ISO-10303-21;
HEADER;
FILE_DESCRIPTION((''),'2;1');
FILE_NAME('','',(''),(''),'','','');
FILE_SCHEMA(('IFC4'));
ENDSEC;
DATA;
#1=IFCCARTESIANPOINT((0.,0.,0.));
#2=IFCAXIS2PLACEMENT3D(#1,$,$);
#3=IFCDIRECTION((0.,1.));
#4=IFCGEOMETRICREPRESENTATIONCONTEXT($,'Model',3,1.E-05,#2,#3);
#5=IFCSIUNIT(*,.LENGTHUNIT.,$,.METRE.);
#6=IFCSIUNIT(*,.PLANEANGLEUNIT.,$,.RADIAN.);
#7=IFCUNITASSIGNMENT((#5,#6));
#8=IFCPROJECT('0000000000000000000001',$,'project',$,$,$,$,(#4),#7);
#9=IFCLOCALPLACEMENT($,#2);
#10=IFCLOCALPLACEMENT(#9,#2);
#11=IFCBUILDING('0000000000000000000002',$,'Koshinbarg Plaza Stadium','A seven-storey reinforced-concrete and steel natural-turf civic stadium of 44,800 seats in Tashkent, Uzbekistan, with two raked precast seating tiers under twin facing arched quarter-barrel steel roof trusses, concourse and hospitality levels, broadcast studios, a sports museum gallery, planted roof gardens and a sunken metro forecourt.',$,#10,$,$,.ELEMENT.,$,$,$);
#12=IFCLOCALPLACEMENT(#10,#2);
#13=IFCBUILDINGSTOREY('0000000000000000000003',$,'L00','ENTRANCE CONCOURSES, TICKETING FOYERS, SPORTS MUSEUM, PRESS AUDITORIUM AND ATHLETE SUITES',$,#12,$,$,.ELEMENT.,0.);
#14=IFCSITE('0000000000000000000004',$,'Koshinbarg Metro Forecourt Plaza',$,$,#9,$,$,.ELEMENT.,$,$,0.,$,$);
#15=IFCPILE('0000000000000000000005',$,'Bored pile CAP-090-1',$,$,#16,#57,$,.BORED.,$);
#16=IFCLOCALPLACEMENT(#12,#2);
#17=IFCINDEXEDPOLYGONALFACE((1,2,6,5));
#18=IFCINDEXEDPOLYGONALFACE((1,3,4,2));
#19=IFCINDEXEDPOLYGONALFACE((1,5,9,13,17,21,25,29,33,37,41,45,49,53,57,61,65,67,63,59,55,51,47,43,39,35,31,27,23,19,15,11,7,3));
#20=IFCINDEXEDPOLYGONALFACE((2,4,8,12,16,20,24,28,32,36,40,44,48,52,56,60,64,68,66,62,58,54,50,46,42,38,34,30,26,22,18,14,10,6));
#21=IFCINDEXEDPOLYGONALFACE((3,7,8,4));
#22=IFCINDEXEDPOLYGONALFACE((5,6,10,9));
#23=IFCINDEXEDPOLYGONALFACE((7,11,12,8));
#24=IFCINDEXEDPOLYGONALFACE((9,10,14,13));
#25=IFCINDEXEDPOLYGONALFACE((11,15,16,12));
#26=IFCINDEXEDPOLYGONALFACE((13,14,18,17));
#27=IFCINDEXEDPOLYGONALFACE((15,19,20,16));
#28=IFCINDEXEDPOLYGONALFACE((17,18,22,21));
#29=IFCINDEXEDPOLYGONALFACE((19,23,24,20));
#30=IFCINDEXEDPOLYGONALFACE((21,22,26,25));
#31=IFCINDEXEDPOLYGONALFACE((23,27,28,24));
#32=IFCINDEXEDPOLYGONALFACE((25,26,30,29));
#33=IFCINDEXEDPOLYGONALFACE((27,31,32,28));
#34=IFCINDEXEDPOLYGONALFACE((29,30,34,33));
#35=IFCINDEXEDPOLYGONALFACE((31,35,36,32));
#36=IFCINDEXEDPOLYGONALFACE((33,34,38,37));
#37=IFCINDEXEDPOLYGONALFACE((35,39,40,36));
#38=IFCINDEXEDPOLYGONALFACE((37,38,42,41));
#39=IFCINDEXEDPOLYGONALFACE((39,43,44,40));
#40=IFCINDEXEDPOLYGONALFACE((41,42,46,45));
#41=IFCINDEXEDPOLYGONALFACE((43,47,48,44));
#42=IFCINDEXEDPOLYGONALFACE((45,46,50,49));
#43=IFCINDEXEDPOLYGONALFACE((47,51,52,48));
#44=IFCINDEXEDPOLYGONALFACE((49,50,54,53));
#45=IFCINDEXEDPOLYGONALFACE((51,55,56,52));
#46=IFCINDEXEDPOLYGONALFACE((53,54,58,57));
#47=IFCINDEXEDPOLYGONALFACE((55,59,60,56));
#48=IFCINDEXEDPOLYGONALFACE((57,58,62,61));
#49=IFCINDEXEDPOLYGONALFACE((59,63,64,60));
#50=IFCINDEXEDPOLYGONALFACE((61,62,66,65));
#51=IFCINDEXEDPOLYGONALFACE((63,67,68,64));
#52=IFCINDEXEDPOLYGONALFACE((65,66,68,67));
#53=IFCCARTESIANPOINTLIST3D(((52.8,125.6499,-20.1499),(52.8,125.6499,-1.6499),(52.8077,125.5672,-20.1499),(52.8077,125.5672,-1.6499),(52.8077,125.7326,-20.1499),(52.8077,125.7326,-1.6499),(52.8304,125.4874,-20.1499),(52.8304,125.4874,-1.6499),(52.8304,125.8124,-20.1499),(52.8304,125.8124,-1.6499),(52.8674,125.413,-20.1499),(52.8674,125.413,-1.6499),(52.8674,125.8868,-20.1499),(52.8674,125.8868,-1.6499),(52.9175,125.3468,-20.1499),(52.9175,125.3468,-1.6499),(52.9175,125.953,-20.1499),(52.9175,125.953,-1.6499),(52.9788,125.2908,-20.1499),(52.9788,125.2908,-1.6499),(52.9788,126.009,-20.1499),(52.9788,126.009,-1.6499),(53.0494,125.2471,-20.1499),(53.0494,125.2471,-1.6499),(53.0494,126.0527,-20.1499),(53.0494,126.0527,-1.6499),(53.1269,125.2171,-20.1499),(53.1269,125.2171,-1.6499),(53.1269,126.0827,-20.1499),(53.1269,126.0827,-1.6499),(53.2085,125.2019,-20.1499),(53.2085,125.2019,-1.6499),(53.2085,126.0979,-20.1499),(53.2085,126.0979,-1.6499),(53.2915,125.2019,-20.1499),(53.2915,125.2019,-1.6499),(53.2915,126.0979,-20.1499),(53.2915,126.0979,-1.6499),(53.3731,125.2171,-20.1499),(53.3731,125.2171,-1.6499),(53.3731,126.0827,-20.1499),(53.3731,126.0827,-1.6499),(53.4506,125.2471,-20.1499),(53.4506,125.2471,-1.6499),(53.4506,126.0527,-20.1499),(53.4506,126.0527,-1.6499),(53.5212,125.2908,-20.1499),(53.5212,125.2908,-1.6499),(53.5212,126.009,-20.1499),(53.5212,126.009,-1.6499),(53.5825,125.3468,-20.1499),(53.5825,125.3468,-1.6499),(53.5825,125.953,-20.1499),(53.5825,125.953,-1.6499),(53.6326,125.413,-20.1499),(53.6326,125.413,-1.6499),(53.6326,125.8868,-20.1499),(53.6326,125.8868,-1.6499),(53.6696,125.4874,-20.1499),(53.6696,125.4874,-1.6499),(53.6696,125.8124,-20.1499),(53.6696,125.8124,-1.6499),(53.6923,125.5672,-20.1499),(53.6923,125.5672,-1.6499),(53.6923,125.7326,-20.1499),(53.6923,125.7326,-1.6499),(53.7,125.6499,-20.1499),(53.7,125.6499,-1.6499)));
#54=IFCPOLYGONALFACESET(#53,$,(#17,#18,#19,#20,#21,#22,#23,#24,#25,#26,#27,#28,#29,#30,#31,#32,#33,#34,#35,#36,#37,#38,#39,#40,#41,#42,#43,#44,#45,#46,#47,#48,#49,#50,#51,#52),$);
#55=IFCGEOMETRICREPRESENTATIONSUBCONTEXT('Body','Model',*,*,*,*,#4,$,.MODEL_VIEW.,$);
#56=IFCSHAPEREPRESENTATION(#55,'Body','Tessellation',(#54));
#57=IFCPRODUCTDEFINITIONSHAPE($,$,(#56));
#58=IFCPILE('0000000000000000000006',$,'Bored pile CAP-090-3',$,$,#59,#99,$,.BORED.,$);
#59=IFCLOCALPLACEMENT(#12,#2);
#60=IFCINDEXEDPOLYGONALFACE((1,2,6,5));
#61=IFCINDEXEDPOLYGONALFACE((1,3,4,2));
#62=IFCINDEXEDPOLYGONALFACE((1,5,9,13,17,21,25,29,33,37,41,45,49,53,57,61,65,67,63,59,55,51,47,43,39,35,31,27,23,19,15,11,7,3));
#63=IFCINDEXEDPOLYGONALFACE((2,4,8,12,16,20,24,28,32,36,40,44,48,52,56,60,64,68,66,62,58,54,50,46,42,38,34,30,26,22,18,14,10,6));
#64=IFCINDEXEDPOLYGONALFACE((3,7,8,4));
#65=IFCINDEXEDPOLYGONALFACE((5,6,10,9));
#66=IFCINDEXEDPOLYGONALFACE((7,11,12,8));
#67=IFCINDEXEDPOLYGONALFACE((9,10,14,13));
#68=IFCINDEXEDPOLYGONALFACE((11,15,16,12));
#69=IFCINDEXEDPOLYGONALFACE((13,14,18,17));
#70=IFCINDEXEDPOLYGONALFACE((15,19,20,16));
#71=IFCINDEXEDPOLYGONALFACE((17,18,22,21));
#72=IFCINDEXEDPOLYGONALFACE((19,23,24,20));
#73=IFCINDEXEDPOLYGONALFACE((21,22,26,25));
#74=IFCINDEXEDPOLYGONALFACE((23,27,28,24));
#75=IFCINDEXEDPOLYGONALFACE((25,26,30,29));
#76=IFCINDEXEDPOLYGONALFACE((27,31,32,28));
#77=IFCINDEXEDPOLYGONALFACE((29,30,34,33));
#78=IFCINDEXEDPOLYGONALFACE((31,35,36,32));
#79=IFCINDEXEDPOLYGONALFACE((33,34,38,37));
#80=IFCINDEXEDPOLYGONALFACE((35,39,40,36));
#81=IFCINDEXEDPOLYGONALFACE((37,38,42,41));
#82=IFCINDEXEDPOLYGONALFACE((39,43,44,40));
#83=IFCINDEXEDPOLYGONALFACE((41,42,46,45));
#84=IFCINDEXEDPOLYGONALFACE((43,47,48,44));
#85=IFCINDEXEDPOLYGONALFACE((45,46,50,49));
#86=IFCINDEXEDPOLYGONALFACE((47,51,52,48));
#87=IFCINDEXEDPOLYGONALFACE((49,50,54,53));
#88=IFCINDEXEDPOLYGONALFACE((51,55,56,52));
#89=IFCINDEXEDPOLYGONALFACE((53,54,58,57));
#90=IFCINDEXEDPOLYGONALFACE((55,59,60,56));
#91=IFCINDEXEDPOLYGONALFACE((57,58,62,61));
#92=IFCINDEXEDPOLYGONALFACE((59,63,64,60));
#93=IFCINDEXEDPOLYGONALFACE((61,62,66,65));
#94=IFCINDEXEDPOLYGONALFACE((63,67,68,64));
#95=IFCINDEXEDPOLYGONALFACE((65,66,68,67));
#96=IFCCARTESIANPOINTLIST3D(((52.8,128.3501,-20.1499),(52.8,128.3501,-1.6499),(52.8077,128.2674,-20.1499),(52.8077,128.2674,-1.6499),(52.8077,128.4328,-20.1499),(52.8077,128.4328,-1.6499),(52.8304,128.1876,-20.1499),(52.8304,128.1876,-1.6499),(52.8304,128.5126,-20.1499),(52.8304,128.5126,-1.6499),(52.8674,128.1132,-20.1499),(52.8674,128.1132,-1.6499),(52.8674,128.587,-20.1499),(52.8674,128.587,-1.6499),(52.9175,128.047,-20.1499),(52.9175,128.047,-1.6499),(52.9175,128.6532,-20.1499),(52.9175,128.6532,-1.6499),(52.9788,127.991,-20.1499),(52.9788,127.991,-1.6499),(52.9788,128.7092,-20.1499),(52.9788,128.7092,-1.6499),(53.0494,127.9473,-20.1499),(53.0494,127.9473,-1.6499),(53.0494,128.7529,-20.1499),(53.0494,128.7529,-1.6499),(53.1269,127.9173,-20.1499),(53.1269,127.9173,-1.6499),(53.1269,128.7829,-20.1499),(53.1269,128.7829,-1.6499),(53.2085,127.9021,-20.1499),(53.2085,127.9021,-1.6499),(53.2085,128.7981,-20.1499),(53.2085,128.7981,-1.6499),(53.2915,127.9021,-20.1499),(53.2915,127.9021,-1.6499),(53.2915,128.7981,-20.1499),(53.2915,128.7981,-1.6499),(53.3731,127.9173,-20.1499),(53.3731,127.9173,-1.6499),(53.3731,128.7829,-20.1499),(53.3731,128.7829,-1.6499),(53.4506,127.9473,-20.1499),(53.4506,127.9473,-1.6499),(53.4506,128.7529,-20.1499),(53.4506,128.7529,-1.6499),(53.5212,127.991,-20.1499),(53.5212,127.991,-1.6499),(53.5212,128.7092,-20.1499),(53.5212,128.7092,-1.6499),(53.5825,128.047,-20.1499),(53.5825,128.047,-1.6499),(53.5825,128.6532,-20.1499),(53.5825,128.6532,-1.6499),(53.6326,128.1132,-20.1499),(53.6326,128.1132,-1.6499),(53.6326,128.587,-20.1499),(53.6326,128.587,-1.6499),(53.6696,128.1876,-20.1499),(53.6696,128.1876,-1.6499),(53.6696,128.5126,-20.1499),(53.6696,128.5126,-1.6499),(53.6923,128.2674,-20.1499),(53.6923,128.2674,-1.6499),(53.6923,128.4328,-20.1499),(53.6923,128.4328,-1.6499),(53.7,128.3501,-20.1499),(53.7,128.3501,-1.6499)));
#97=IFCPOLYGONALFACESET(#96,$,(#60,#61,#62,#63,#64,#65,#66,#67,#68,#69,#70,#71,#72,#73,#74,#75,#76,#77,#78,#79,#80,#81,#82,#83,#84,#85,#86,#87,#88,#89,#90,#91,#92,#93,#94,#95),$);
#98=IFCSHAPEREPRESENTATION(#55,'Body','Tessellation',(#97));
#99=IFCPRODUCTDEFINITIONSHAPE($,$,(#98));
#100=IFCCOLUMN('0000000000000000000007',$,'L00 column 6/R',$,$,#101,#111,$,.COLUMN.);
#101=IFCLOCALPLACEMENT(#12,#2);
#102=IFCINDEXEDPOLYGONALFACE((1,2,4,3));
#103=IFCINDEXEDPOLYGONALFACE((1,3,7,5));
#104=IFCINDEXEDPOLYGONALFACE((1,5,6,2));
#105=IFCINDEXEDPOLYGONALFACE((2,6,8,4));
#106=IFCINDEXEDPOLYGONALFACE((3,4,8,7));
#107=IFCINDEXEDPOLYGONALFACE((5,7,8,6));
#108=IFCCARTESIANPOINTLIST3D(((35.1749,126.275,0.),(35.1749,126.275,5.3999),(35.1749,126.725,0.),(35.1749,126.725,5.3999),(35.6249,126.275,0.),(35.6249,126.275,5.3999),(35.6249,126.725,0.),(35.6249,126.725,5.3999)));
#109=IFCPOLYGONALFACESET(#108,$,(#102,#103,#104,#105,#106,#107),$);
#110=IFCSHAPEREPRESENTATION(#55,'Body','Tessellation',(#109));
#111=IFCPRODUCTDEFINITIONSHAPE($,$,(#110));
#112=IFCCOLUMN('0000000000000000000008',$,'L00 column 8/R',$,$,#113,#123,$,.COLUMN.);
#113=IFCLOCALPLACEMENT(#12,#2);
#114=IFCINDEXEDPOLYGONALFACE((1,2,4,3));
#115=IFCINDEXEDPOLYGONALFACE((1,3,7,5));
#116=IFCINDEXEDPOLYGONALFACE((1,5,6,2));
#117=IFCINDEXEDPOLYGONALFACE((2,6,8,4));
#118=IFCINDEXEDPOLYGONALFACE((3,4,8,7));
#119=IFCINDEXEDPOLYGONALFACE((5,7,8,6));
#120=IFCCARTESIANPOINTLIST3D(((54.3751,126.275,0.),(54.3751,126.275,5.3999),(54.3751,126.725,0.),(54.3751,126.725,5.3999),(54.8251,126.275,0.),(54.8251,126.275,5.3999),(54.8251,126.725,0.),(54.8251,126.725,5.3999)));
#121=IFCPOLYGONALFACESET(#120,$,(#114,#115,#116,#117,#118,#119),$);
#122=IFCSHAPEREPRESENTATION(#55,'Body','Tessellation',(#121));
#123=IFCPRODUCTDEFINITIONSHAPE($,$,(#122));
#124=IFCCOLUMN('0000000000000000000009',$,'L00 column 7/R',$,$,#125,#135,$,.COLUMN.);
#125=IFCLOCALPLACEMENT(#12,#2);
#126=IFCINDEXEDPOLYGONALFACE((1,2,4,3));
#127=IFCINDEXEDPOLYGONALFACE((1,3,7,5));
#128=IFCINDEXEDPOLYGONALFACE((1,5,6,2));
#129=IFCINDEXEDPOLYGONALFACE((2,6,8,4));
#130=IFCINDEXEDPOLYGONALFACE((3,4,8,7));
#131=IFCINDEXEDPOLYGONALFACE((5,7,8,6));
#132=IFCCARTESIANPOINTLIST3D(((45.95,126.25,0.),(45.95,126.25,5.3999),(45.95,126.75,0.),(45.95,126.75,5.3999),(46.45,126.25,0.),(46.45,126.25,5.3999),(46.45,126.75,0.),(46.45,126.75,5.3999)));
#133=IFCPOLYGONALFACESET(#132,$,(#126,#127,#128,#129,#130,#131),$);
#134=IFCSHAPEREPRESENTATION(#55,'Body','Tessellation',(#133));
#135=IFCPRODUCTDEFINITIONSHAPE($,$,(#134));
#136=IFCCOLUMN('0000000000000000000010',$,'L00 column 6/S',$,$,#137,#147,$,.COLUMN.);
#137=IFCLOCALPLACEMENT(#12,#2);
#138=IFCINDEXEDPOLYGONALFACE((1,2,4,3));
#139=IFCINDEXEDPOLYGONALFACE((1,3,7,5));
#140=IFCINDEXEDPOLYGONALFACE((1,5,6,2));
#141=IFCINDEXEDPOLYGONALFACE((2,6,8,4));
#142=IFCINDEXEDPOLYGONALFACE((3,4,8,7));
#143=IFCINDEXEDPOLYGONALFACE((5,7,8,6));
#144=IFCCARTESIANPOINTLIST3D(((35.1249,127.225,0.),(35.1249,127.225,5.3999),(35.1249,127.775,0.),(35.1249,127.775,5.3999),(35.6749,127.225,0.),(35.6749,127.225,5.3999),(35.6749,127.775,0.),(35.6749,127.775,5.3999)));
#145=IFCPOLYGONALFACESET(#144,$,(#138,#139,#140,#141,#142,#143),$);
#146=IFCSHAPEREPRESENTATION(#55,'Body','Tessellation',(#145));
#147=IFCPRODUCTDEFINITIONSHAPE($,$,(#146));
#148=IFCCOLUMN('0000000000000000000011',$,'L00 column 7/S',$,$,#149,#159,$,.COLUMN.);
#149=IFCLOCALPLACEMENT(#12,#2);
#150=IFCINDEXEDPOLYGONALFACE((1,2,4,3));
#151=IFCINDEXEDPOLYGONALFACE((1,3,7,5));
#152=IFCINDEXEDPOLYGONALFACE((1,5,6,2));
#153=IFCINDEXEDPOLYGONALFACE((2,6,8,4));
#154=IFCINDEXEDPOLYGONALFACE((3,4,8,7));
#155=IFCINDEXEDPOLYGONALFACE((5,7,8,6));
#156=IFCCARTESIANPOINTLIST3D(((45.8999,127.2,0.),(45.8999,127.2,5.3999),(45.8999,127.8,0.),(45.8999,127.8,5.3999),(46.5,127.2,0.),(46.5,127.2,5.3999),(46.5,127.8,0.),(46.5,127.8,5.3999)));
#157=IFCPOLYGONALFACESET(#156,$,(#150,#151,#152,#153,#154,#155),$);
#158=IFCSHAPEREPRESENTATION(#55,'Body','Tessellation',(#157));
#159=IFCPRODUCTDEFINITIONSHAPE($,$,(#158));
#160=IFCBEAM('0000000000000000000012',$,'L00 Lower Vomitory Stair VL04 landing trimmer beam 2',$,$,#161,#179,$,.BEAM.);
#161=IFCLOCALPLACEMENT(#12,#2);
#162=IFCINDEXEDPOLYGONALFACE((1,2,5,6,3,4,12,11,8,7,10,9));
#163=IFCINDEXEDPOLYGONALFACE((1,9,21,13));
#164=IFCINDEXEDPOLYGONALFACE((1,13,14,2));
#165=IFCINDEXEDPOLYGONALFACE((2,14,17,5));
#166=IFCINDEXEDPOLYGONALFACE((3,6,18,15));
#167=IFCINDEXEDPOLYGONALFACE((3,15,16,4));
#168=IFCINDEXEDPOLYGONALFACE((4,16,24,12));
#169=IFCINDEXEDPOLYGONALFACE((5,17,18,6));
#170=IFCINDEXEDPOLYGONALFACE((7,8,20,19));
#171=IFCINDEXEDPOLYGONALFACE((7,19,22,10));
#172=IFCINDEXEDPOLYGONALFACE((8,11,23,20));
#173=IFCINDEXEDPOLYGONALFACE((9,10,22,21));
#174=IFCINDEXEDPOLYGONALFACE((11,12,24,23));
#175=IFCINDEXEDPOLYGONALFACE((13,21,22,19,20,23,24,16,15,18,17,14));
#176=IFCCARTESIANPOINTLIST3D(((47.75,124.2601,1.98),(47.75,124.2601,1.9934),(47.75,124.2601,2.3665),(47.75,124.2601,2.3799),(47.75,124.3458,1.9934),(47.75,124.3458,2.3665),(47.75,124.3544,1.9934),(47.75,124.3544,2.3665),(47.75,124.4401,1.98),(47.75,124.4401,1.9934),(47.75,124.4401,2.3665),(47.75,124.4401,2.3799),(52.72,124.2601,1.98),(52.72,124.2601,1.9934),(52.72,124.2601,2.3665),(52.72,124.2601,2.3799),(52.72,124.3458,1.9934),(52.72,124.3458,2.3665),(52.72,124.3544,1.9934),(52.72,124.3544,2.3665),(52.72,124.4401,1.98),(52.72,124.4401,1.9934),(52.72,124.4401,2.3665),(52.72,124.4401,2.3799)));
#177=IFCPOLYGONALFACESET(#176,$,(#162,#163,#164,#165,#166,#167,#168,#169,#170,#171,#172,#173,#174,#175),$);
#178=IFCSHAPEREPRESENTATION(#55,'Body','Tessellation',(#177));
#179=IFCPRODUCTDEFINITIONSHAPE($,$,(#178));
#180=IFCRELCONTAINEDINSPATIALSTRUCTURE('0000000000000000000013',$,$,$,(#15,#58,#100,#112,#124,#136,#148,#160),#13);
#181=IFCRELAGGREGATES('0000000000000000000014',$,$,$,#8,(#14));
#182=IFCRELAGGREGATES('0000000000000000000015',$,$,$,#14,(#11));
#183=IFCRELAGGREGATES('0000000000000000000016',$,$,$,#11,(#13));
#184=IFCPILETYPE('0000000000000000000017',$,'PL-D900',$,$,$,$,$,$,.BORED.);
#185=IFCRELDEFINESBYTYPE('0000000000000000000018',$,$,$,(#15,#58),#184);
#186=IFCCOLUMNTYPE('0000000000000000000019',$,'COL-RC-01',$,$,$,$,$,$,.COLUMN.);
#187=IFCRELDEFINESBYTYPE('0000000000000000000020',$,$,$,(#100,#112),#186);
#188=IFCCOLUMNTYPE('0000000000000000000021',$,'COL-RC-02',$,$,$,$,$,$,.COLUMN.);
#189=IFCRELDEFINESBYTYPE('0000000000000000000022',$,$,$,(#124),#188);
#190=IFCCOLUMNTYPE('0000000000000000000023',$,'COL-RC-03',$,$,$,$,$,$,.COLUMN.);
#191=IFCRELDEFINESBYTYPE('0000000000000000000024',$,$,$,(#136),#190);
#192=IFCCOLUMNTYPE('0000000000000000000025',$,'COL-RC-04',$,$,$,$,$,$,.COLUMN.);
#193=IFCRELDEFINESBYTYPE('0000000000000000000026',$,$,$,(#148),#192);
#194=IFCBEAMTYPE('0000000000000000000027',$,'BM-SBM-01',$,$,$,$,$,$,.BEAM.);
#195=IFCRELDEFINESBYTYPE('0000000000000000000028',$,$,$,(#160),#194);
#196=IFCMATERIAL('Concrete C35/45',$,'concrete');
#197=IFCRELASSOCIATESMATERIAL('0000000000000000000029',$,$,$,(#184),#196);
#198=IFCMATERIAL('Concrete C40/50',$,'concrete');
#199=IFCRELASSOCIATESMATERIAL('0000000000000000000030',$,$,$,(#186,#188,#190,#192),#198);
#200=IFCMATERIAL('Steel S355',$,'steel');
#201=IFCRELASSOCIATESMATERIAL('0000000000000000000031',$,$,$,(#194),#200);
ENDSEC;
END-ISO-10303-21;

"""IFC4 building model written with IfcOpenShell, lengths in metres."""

from ifc_helpers import new_model, si_unit, direction, frame, origin, origin_2d, place, context, subcontext, project, spatial, rectangle, circle, i_section, extrude, material, material_profile, profile_set, type_object, element, save


model = new_model("IFC4")

# Units and contexts
model_context = context("Model", 3, precision=1e-05, world=origin(), true_north=direction((0.0, 1.0)))
body_context = subcontext(model_context, "Body", "Model", "MODEL_VIEW")
ifc_project = project(units=[si_unit("LENGTHUNIT", "METRE"), si_unit("PLANEANGLEUNIT", "RADIAN")], contexts=[model_context])

# Site, building, storey
site_placement = place(None, origin())
site = spatial("IfcSite", under=ifc_project, at=site_placement, Name="Koshinbarg Metro Forecourt Plaza", CompositionType="ELEMENT", RefElevation=0.0)
building_placement = place(site_placement, origin())
building = spatial("IfcBuilding", under=site, at=building_placement, Name="Koshinbarg Plaza Stadium", Description="A seven-storey reinforced-concrete and steel natural-turf civic stadium of 44,800 seats in Tashkent, Uzbekistan, with two raked precast seating tiers under twin facing arched quarter-barrel steel roof trusses, concourse and hospitality levels, broadcast studios, a sports museum gallery, planted roof gardens and a sunken metro forecourt.", CompositionType="ELEMENT")
storey_placement = place(building_placement, origin())
storey = spatial("IfcBuildingStorey", under=building, at=storey_placement, Name="L00", Description="ENTRANCE CONCOURSES, TICKETING FOYERS, SPORTS MUSEUM, PRESS AUDITORIUM AND ATHLETE SUITES", CompositionType="ELEMENT", Elevation=0.0)

# Shared definitions
ifc_material_1 = material(Name="Concrete C35/45", Category="concrete")

# Piles
ifc_material_profile_1 = material_profile(ifc_material_1, circle(Radius=0.45, at=origin_2d()), Name="PILE D900")
ifc_profile_set_1 = profile_set([ifc_material_profile_1], Name="Concrete C35/45")
pile_type_1 = type_object("IfcPileType", Name="PL-D900", PredefinedType="BORED", material=ifc_profile_set_1)
for number, where, z_axis, x_axis, name in (
    (1, (53.25, 125.6499, -1.6499), (0.0, 0.0, -1.0), (1.0, 0.0, 0.0), "Bored pile CAP-090-1"),
    (2, (53.25, 128.3501, -1.6499), (0.0, 0.0, -1.0), (1.0, 0.0, 0.0), "Bored pile CAP-090-3"),
):
    element("IfcPile", number, at=place(storey_placement, frame(where, z_axis=z_axis, x_axis=x_axis)), inside=storey, type_object=pile_type_1, Name=name, PredefinedType="BORED", context=body_context, shape_type="SweptSolid", body=[
        extrude(circle(Radius=0.45, at=origin_2d()), origin(), (0.0, 0.0, 1.0), 18.5),
    ])

# Columns
ifc_material_2 = material(Name="Concrete C40/50", Category="concrete")
ifc_material_profile_2 = material_profile(ifc_material_2, rectangle(XDim=0.45, YDim=0.45, at=origin_2d()), Name="RC 450x450")
ifc_profile_set_2 = profile_set([ifc_material_profile_2], Name="Concrete C40/50")
column_type_1 = type_object("IfcColumnType", Name="COL-RC-01", PredefinedType="COLUMN", material=ifc_profile_set_2)
for number, where, z_axis, x_axis, name in (
    (3, (35.3999, 126.5, 0.0), (0.0, 0.0, 1.0), (1.0, 0.0, 0.0), "L00 column 6/R"),
    (4, (54.6001, 126.5, 0.0), (0.0, 0.0, 1.0), (1.0, 0.0, 0.0), "L00 column 8/R"),
):
    element("IfcColumn", number, at=place(storey_placement, frame(where, z_axis=z_axis, x_axis=x_axis)), inside=storey, type_object=column_type_1, Name=name, PredefinedType="COLUMN", context=body_context, shape_type="SweptSolid", body=[
        extrude(rectangle(XDim=0.45, YDim=0.45, at=origin_2d()), origin(), (0.0, 0.0, 1.0), 5.3999),
    ])
ifc_material_profile_3 = material_profile(ifc_material_2, rectangle(XDim=0.5, YDim=0.5, at=origin_2d()), Name="RC 500x500")
ifc_profile_set_3 = profile_set([ifc_material_profile_3], Name="Concrete C40/50")
column_type_2 = type_object("IfcColumnType", Name="COL-RC-02", PredefinedType="COLUMN", material=ifc_profile_set_3)
column_1_placement = place(storey_placement, frame((46.2, 126.5, 0.0), z_axis=(0.0, 0.0, 1.0), x_axis=(1.0, 0.0, 0.0)))
element("IfcColumn", 5, at=column_1_placement, inside=storey, type_object=column_type_2, Name="L00 column 7/R", PredefinedType="COLUMN", context=body_context, shape_type="SweptSolid", body=[
    extrude(rectangle(XDim=0.5, YDim=0.5, at=origin_2d()), origin(), (0.0, 0.0, 1.0), 5.3999),
])
ifc_material_profile_4 = material_profile(ifc_material_2, rectangle(XDim=0.55, YDim=0.55, at=origin_2d()), Name="RC 550x550")
ifc_profile_set_4 = profile_set([ifc_material_profile_4], Name="Concrete C40/50")
column_type_3 = type_object("IfcColumnType", Name="COL-RC-03", PredefinedType="COLUMN", material=ifc_profile_set_4)
column_2_placement = place(storey_placement, frame((35.3999, 127.5, 0.0), z_axis=(0.0, 0.0, 1.0), x_axis=(1.0, 0.0, 0.0)))
element("IfcColumn", 6, at=column_2_placement, inside=storey, type_object=column_type_3, Name="L00 column 6/S", PredefinedType="COLUMN", context=body_context, shape_type="SweptSolid", body=[
    extrude(rectangle(XDim=0.55, YDim=0.55, at=origin_2d()), origin(), (0.0, 0.0, 1.0), 5.3999),
])
ifc_material_profile_5 = material_profile(ifc_material_2, rectangle(XDim=0.6001, YDim=0.6001, at=origin_2d()), Name="RC 600x600")
ifc_profile_set_5 = profile_set([ifc_material_profile_5], Name="Concrete C40/50")
column_type_4 = type_object("IfcColumnType", Name="COL-RC-04", PredefinedType="COLUMN", material=ifc_profile_set_5)
column_3_placement = place(storey_placement, frame((46.2, 127.5, 0.0), z_axis=(0.0, 0.0, 1.0), x_axis=(1.0, 0.0, 0.0)))
element("IfcColumn", 7, at=column_3_placement, inside=storey, type_object=column_type_4, Name="L00 column 7/S", PredefinedType="COLUMN", context=body_context, shape_type="SweptSolid", body=[
    extrude(rectangle(XDim=0.6001, YDim=0.6001, at=origin_2d()), origin(), (0.0, 0.0, 1.0), 5.3999),
])

# Beam
ifc_material_3 = material(Name="Steel S355", Category="steel")
ifc_material_profile_6 = material_profile(ifc_material_3, i_section(OverallWidth=0.1799, OverallDepth=0.3999, WebThickness=0.0085, FlangeThickness=0.0134, at=origin_2d()), Name="IPE 400")
ifc_profile_set_6 = profile_set([ifc_material_profile_6], Name="Steel S355")
beam_type = type_object("IfcBeamType", Name="BM-SBM-01", PredefinedType="BEAM", material=ifc_profile_set_6)
beam_placement = place(storey_placement, frame((47.75, 124.3501, 2.1799), z_axis=(1.0, 0.0, 0.0), x_axis=(0.0, 1.0, 0.0)))
element("IfcBeam", 8, at=beam_placement, inside=storey, type_object=beam_type, Name="L00 Lower Vomitory Stair VL04 landing trimmer beam 2", PredefinedType="BEAM", context=body_context, shape_type="SweptSolid", body=[
    extrude(i_section(OverallWidth=0.1799, OverallDepth=0.3999, WebThickness=0.0085, FlangeThickness=0.0134, at=origin_2d()), origin(), (0.0, 0.0, 1.0), 4.97),
])

save(model, "model.ifc")
